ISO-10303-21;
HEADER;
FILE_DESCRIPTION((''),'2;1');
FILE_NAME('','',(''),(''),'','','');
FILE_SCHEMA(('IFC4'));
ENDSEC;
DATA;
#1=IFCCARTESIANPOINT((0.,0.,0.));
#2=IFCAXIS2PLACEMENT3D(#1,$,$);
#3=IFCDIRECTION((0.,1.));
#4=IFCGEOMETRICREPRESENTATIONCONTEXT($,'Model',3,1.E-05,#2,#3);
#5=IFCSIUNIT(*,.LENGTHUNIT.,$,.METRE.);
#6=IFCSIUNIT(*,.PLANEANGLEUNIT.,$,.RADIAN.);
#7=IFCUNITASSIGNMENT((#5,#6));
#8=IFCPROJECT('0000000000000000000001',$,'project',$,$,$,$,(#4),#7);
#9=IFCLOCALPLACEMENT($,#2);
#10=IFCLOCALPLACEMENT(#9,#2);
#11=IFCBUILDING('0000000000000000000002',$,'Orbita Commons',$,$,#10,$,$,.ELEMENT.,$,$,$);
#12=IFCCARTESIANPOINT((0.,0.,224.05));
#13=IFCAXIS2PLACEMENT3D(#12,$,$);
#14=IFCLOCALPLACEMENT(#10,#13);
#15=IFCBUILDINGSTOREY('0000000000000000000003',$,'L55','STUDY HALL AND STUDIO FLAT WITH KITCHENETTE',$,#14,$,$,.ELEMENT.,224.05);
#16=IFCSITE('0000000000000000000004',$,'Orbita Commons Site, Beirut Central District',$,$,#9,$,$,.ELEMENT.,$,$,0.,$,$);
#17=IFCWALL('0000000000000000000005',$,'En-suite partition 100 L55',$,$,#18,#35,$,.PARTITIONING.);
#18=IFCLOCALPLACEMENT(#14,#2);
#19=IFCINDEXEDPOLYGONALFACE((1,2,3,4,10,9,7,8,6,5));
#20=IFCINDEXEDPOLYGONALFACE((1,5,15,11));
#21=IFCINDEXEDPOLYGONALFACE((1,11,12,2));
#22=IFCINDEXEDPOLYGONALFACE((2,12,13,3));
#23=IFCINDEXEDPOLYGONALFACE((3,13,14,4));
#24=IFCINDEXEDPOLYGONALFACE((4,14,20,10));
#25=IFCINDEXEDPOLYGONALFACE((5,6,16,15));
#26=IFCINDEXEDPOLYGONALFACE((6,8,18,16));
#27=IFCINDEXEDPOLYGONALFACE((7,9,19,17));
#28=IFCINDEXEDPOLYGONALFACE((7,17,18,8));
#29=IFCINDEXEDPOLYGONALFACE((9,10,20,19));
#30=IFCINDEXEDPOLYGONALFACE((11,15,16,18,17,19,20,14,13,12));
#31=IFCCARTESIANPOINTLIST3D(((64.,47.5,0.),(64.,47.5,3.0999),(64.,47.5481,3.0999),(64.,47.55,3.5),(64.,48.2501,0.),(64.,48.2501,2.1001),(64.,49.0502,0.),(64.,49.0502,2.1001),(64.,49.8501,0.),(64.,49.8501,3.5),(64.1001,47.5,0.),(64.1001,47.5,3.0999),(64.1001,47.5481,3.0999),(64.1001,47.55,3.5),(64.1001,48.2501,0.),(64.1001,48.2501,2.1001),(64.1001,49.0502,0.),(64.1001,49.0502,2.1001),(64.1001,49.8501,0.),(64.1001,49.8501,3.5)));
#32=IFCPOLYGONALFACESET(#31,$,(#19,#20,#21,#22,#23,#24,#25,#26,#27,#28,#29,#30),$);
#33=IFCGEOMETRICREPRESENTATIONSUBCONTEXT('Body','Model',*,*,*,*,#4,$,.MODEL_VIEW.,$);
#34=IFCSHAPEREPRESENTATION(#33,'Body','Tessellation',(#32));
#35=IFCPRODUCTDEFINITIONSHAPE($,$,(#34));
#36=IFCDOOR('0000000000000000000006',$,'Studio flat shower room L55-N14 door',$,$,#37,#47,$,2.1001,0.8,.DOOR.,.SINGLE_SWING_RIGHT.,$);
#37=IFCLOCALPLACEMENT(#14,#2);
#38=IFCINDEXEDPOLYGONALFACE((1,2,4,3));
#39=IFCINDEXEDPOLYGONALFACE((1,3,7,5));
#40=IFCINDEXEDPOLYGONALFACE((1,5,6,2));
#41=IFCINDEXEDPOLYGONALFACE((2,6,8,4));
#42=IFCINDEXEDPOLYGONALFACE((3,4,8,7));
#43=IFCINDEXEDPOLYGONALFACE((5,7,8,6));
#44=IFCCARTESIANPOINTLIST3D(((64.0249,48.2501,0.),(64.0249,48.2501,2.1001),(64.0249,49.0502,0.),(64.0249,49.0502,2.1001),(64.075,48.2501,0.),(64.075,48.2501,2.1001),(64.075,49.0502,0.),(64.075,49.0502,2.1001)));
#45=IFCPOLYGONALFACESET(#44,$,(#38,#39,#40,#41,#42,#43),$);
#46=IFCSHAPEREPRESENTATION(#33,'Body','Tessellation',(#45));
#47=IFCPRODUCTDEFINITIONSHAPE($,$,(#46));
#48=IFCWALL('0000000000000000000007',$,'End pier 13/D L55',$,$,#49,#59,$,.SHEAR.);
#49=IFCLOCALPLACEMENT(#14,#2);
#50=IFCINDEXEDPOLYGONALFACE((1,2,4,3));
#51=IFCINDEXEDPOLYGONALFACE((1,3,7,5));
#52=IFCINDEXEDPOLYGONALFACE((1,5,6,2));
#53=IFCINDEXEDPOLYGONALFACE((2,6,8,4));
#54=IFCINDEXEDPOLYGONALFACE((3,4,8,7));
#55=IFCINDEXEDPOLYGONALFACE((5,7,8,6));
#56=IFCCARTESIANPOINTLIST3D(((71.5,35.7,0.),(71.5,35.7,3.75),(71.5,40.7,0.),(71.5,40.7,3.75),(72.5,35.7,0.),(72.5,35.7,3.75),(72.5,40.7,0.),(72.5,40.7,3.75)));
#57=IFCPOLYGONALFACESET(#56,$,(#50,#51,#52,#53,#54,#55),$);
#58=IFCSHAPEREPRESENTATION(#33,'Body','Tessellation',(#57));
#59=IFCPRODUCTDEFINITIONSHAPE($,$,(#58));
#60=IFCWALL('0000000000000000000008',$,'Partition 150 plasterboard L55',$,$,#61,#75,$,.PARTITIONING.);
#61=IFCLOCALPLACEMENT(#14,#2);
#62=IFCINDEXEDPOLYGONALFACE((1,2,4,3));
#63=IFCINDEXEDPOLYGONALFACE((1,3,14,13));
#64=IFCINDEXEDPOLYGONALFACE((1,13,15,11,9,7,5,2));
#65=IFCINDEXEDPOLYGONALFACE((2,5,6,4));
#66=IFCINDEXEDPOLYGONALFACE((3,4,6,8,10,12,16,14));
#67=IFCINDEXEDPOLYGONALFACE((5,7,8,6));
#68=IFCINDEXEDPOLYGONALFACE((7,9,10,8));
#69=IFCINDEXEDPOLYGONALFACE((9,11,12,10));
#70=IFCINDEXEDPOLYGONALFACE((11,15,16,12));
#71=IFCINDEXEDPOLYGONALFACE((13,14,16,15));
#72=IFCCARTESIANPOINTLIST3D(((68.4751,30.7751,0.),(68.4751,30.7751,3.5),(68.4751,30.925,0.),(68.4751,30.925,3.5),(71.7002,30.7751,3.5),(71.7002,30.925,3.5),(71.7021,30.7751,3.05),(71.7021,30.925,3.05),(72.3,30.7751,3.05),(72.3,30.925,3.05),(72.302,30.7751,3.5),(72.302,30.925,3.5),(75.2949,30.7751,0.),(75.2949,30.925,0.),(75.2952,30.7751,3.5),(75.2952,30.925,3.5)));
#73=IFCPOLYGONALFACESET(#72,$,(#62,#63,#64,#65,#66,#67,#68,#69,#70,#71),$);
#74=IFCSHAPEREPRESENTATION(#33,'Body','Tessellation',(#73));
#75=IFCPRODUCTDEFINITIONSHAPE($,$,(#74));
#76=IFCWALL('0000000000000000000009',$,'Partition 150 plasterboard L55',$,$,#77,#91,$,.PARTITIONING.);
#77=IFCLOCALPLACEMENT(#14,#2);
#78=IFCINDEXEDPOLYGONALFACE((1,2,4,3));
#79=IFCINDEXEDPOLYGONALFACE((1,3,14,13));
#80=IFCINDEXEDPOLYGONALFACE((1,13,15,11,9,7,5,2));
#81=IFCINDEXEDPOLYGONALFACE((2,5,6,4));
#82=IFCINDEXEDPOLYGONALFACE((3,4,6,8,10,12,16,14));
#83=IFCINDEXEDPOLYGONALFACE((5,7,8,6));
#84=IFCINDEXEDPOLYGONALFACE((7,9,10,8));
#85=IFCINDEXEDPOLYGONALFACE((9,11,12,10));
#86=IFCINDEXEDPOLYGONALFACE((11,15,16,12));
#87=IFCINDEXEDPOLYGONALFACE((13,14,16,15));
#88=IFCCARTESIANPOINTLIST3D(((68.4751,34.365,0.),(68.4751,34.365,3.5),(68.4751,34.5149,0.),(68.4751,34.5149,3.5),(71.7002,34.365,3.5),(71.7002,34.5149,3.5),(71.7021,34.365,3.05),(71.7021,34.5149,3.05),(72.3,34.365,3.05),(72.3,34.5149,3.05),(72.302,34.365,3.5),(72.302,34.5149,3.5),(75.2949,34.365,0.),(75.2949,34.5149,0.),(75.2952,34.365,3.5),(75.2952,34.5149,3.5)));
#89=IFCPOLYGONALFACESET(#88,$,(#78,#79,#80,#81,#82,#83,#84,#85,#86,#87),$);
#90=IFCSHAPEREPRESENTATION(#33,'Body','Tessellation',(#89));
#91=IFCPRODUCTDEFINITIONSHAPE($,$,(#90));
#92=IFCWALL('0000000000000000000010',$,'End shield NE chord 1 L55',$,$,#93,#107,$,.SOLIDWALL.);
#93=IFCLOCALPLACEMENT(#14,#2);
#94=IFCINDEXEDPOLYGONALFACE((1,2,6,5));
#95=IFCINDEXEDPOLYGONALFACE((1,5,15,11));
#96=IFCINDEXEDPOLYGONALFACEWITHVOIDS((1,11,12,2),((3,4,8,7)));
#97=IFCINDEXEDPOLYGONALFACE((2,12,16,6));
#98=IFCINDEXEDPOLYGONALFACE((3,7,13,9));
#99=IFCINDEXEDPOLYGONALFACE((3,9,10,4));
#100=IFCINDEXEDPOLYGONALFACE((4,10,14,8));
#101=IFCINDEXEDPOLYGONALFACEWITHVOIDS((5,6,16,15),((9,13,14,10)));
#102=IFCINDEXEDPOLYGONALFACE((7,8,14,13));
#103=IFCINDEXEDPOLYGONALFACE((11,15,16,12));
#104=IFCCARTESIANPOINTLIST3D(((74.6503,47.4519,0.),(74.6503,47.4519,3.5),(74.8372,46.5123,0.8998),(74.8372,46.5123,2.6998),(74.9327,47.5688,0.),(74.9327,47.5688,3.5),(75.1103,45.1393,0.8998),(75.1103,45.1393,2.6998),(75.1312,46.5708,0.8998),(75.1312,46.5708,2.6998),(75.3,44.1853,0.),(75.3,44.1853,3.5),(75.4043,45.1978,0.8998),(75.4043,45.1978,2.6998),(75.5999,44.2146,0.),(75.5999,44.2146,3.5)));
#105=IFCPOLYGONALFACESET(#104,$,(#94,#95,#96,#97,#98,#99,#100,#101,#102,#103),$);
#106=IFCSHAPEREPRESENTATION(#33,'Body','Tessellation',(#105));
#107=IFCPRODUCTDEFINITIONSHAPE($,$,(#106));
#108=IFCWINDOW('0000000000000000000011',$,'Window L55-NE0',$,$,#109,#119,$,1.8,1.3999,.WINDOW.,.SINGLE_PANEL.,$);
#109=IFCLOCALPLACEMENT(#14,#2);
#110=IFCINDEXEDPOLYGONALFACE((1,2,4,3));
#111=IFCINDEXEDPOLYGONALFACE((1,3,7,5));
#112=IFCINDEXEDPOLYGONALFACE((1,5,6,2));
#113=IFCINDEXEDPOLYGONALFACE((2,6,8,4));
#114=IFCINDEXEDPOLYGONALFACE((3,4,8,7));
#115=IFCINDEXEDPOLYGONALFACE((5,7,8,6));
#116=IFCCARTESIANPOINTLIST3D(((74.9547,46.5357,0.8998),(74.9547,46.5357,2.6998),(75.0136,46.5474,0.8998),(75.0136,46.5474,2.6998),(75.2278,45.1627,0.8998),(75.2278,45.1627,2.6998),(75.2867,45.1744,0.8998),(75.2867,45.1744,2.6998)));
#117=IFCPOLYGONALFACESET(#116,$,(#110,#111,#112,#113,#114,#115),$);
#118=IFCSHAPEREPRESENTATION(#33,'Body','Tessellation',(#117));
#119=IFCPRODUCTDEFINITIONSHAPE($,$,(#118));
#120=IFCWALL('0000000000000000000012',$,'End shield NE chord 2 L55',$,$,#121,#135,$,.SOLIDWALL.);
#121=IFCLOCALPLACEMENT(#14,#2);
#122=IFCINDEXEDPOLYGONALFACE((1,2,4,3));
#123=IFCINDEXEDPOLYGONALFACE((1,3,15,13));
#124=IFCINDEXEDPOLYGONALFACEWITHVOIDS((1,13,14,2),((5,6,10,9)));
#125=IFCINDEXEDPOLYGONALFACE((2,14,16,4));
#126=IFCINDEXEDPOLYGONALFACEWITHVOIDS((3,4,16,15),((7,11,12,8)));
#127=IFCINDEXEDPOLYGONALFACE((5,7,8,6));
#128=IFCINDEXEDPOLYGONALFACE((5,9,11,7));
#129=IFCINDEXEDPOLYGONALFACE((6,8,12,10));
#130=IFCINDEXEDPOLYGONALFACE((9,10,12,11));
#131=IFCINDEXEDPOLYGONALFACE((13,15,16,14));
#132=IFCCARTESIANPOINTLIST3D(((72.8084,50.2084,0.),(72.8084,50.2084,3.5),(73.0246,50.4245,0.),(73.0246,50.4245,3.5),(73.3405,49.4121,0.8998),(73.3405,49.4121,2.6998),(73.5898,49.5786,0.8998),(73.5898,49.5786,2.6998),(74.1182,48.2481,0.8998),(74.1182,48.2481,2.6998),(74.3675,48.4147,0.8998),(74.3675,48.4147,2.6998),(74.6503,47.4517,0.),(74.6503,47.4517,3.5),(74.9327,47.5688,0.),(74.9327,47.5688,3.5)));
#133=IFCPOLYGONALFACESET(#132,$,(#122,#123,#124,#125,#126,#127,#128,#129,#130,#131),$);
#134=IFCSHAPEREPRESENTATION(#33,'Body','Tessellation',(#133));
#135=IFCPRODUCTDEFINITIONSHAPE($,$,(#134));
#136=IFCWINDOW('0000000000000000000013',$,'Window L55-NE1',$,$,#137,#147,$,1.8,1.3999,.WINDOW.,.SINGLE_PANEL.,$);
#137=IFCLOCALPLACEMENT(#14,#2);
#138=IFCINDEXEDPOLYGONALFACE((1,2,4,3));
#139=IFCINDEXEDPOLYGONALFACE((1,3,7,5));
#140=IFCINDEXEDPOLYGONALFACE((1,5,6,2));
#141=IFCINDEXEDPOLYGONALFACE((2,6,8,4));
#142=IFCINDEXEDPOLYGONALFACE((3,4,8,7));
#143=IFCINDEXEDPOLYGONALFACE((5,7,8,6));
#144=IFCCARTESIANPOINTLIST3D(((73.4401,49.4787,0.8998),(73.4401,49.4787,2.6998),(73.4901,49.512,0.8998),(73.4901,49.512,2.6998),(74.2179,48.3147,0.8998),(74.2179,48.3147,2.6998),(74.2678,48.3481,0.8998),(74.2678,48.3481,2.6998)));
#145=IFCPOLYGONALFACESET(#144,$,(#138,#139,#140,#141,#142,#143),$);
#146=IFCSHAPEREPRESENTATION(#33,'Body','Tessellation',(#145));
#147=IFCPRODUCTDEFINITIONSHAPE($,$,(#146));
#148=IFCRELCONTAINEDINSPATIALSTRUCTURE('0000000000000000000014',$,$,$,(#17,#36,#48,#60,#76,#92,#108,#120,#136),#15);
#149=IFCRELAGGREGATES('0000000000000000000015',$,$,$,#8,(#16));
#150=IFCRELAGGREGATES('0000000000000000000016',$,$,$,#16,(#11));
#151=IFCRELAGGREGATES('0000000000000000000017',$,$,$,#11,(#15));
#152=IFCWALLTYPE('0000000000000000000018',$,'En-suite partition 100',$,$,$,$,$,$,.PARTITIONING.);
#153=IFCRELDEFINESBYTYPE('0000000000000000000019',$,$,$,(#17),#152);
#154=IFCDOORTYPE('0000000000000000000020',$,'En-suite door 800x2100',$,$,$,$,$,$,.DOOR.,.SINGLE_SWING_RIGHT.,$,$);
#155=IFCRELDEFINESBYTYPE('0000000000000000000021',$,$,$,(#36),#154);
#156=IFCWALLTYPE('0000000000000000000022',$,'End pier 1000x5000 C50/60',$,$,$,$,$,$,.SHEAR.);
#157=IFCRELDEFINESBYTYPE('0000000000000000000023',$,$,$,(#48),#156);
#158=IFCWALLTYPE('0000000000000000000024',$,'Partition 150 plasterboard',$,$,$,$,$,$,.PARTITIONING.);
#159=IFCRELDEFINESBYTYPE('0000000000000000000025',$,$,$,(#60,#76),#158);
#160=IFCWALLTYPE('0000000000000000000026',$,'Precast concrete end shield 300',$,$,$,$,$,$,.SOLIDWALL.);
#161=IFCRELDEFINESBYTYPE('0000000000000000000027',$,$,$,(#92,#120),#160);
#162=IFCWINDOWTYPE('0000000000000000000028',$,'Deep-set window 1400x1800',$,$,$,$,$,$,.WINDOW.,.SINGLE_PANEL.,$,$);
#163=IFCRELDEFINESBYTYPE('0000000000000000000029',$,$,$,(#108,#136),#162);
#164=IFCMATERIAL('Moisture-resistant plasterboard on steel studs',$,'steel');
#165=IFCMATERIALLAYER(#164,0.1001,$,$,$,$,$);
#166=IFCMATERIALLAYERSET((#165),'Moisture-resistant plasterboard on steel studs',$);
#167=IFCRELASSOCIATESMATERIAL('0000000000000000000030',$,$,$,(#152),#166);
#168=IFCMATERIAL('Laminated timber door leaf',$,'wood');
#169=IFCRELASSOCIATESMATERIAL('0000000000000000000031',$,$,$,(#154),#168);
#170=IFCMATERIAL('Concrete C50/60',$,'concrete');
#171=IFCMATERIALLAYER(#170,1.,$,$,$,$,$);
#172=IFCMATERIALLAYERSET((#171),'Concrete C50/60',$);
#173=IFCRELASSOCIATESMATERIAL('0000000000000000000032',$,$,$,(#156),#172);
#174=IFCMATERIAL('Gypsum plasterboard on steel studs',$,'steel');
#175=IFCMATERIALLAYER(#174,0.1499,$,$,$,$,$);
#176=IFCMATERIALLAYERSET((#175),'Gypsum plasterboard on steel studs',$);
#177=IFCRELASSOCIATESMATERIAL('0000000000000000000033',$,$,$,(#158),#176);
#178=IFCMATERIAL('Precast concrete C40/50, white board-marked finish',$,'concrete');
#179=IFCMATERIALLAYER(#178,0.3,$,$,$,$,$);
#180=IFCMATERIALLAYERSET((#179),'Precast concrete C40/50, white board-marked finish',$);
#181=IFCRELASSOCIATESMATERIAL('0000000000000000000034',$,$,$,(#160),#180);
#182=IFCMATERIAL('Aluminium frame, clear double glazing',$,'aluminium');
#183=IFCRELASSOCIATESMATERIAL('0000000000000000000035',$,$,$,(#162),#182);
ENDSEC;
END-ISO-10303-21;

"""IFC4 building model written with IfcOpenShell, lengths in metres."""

from ifc_helpers import new_model, si_unit, direction, frame, frame_2d, origin, place, context, subcontext, project, spatial, polyline, rectangle, outline, extrude, material, layer, layer_set, type_object, element, fill, save


model = new_model("IFC4")

# Units and contexts
model_context = context("Model", 3, precision=1e-05, world=origin(), true_north=direction((0.0, 1.0)))
body_context = subcontext(model_context, "Body", "Model", "MODEL_VIEW")
ifc_project = project(units=[si_unit("LENGTHUNIT", "METRE"), si_unit("PLANEANGLEUNIT", "RADIAN")], contexts=[model_context])

# Site, building, storey
site_placement = place(None, origin())
site = spatial("IfcSite", under=ifc_project, at=site_placement, Name="Orbita Commons Site, Beirut Central District", CompositionType="ELEMENT", RefElevation=0.0)
building_placement = place(site_placement, origin())
building = spatial("IfcBuilding", under=site, at=building_placement, Name="Orbita Commons", CompositionType="ELEMENT")
storey_placement = place(building_placement, frame((0.0, 0.0, 224.05)))
storey = spatial("IfcBuildingStorey", under=building, at=storey_placement, Name="L55", Description="STUDY HALL AND STUDIO FLAT WITH KITCHENETTE", CompositionType="ELEMENT", Elevation=224.05)

# Shared definitions
ifc_material_1 = material(Name="Moisture-resistant plasterboard on steel studs", Category="steel")
ifc_layer_1 = layer(ifc_material_1, 0.1001)
ifc_layer_set_1 = layer_set([ifc_layer_1], Name="Moisture-resistant plasterboard on steel studs")
wall_type_1 = type_object("IfcWallType", Name="En-suite partition 100", PredefinedType="PARTITIONING", material=ifc_layer_set_1)

# Wall, opening, door
wall_1_placement = place(storey_placement, frame((64.05, 49.8501, 0.0), z_axis=(0.0, 0.0, 1.0), x_axis=(0.0, -1.0, 0.0)))
wall_1 = element("IfcWall", 1, at=wall_1_placement, inside=storey, type_object=wall_type_1, Name="En-suite partition 100 L55", PredefinedType="PARTITIONING", context=body_context, shape_type="SweptSolid", body=[
    extrude(outline(polyline([(0.0, 0.0), (2.3501, 0.0), (2.3501, 3.0999), (2.302, 3.0999), (2.3, 3.5), (0.0, 3.5), (0.0, 0.0)])), frame((0.0, 0.05, 0.0), z_axis=(0.0, -1.0, 0.0), x_axis=(1.0, 0.0, 0.0)), (0.0, 0.0, 1.0), 0.1001),
])
opening_1_placement = place(wall_1_placement, frame((0.8, 0.0, 0.0)))
opening_1 = element("IfcOpeningElement", 2, at=opening_1_placement, cuts=wall_1, PredefinedType="OPENING", context=body_context, shape_type="SweptSolid", body=[
    extrude(rectangle(XDim=0.8, YDim=2.1001, at=frame_2d((0.3999, 1.05))), frame((0.0, 0.0601, 0.0), z_axis=(0.0, -1.0, 0.0), x_axis=(1.0, 0.0, 0.0)), (0.0, 0.0, 1.0), 0.1201),
])
ifc_material_2 = material(Name="Laminated timber door leaf", Category="wood")
door_type_1 = type_object("IfcDoorType", Name="En-suite door 800x2100", OperationType="SINGLE_SWING_RIGHT", PredefinedType="DOOR", material=ifc_material_2)
door_1_placement = place(opening_1_placement, origin())
door_1 = element("IfcDoor", 3, at=door_1_placement, inside=storey, type_object=door_type_1, Name="Studio flat shower room L55-N14 door", OperationType="SINGLE_SWING_RIGHT", OverallHeight=2.1001, OverallWidth=0.8, PredefinedType="DOOR", context=body_context, shape_type="SweptSolid", body=[
    extrude(rectangle(XDim=0.8, YDim=2.1001, at=frame_2d((0.3999, 1.05))), frame((0.0, 0.0249, 0.0), z_axis=(0.0, -1.0, 0.0), x_axis=(1.0, 0.0, 0.0)), (0.0, 0.0, 1.0), 0.05),
])
fill(opening_1, door_1)

# Walls
ifc_material_3 = material(Name="Concrete C50/60", Category="concrete")
ifc_layer_2 = layer(ifc_material_3, 1.0)
ifc_layer_set_2 = layer_set([ifc_layer_2], Name="Concrete C50/60")
wall_type_2 = type_object("IfcWallType", Name="End pier 1000x5000 C50/60", PredefinedType="SHEAR", material=ifc_layer_set_2)
wall_2_placement = place(storey_placement, frame((72.0, 35.7, 0.0), z_axis=(0.0, 0.0, 1.0), x_axis=(0.0, 1.0, 0.0)))
element("IfcWall", 4, at=wall_2_placement, inside=storey, type_object=wall_type_2, Name="End pier 13/D L55", PredefinedType="SHEAR", context=body_context, shape_type="SweptSolid", body=[
    extrude(rectangle(XDim=5.0, YDim=1.0, at=frame_2d((2.5, 0.0))), origin(), (0.0, 0.0, 1.0), 3.75),
])
ifc_material_4 = material(Name="Gypsum plasterboard on steel studs", Category="steel")
ifc_layer_3 = layer(ifc_material_4, 0.1499)
ifc_layer_set_3 = layer_set([ifc_layer_3], Name="Gypsum plasterboard on steel studs")
wall_type_3 = type_object("IfcWallType", Name="Partition 150 plasterboard", PredefinedType="PARTITIONING", material=ifc_layer_set_3)
for number, where, z_axis, x_axis, name in (
    (5, (68.4751, 30.8501, 0.0), (0.0, 0.0, 1.0), (1.0, 0.0, 0.0), "Partition 150 plasterboard L55"),
    (6, (68.4751, 34.4399, 0.0), (0.0, 0.0, 1.0), (1.0, 0.0, 0.0), "Partition 150 plasterboard L55"),
):
    element("IfcWall", number, at=place(storey_placement, frame(where, z_axis=z_axis, x_axis=x_axis)), inside=storey, type_object=wall_type_3, Name=name, PredefinedType="PARTITIONING", context=body_context, shape_type="SweptSolid", body=[
        extrude(outline(polyline([(0.0, 0.0), (6.8198, 0.0), (6.8201, 3.5), (3.8269, 3.5), (3.825, 3.05), (3.2271, 3.05), (3.2251, 3.5), (0.0, 3.5), (0.0, 0.0)])), frame((0.0, 0.075, 0.0), z_axis=(0.0, -1.0, 0.0), x_axis=(1.0, 0.0, 0.0)), (0.0, 0.0, 1.0), 0.1499),
    ])

# Walls, openings, windows
ifc_material_5 = material(Name="Precast concrete C40/50, white board-marked finish", Category="concrete")
ifc_layer_4 = layer(ifc_material_5, 0.3)
ifc_layer_set_4 = layer_set([ifc_layer_4], Name="Precast concrete C40/50, white board-marked finish")
wall_type_4 = type_object("IfcWallType", Name="Precast concrete end shield 300", PredefinedType="SOLIDWALL", material=ifc_layer_set_4)
wall_3_placement = place(storey_placement, frame((75.45, 44.2, 0.0), z_axis=(0.0, 0.0, 1.0), x_axis=(-0.195087, 0.980786, 0.0)))
wall_3 = element("IfcWall", 7, at=wall_3_placement, inside=storey, type_object=wall_type_4, Name="End shield NE chord 1 L55", PredefinedType="SOLIDWALL", context=body_context, shape_type="SweptSolid", body=[
    extrude(outline(polyline([(-0.0149, -0.1499), (3.405, -0.1499), (3.3455, 0.1499), (0.0149, 0.1499), (-0.0149, -0.1499)])), origin(), (0.0, 0.0, 1.0), 3.5),
])
opening_2_placement = place(wall_3_placement, frame((0.9875, 0.0, 0.8999)))
opening_2 = element("IfcOpeningElement", 8, at=opening_2_placement, cuts=wall_3, PredefinedType="OPENING", context=body_context, shape_type="SweptSolid", body=[
    extrude(rectangle(XDim=1.3999, YDim=1.8, at=frame_2d((0.7, 0.8999))), frame((0.0, 0.1599, 0.0), z_axis=(0.0, -1.0, 0.0), x_axis=(1.0, 0.0, 0.0)), (0.0, 0.0, 1.0), 0.3201),
])
ifc_material_6 = material(Name="Aluminium frame, clear double glazing", Category="aluminium")
window_type = type_object("IfcWindowType", Name="Deep-set window 1400x1800", PartitioningType="SINGLE_PANEL", PredefinedType="WINDOW", material=ifc_material_6)
window_1_placement = place(opening_2_placement, origin())
window_1 = element("IfcWindow", 9, at=window_1_placement, inside=storey, type_object=window_type, Name="Window L55-NE0", OverallHeight=1.8, OverallWidth=1.3999, PartitioningType="SINGLE_PANEL", PredefinedType="WINDOW", context=body_context, shape_type="SweptSolid", body=[
    extrude(rectangle(XDim=1.3999, YDim=1.8, at=frame_2d((0.7, 0.8999))), frame((0.0, 0.03, 0.0), z_axis=(0.0, -1.0, 0.0), x_axis=(1.0, 0.0, 0.0)), (0.0, 0.0, 1.0), 0.0601),
])
fill(opening_2, window_1)
wall_4_placement = place(storey_placement, frame((74.7915, 47.5103, 0.0), z_axis=(0.0, 0.0, 1.0), x_axis=(-0.555568, 0.831471, 0.0)))
wall_4 = element("IfcWall", 10, at=wall_4_placement, inside=storey, type_object=wall_type_4, Name="End shield NE chord 2 L55", PredefinedType="SOLIDWALL", context=body_context, shape_type="SweptSolid", body=[
    extrude(outline(polyline([(-0.0298, -0.1499), (3.4048, -0.1499), (3.3452, 0.1499), (0.0298, 0.1499), (-0.0298, -0.1499)])), origin(), (0.0, 0.0, 1.0), 3.5),
])
opening_3_placement = place(wall_4_placement, frame((0.9875, 0.0, 0.8999)))
opening_3 = element("IfcOpeningElement", 11, at=opening_3_placement, cuts=wall_4, PredefinedType="OPENING", context=body_context, shape_type="SweptSolid", body=[
    extrude(rectangle(XDim=1.3999, YDim=1.8, at=frame_2d((0.7, 0.8999))), frame((0.0, 0.1599, 0.0), z_axis=(0.0, -1.0, 0.0), x_axis=(1.0, 0.0, 0.0)), (0.0, 0.0, 1.0), 0.3201),
])
window_2_placement = place(opening_3_placement, origin())
window_2 = element("IfcWindow", 12, at=window_2_placement, inside=storey, type_object=window_type, Name="Window L55-NE1", OverallHeight=1.8, OverallWidth=1.3999, PartitioningType="SINGLE_PANEL", PredefinedType="WINDOW", context=body_context, shape_type="SweptSolid", body=[
    extrude(rectangle(XDim=1.3999, YDim=1.8, at=frame_2d((0.7, 0.8999))), frame((0.0, 0.03, 0.0), z_axis=(0.0, -1.0, 0.0), x_axis=(1.0, 0.0, 0.0)), (0.0, 0.0, 1.0), 0.0601),
])
fill(opening_3, window_2)

save(model, "model.ifc")
